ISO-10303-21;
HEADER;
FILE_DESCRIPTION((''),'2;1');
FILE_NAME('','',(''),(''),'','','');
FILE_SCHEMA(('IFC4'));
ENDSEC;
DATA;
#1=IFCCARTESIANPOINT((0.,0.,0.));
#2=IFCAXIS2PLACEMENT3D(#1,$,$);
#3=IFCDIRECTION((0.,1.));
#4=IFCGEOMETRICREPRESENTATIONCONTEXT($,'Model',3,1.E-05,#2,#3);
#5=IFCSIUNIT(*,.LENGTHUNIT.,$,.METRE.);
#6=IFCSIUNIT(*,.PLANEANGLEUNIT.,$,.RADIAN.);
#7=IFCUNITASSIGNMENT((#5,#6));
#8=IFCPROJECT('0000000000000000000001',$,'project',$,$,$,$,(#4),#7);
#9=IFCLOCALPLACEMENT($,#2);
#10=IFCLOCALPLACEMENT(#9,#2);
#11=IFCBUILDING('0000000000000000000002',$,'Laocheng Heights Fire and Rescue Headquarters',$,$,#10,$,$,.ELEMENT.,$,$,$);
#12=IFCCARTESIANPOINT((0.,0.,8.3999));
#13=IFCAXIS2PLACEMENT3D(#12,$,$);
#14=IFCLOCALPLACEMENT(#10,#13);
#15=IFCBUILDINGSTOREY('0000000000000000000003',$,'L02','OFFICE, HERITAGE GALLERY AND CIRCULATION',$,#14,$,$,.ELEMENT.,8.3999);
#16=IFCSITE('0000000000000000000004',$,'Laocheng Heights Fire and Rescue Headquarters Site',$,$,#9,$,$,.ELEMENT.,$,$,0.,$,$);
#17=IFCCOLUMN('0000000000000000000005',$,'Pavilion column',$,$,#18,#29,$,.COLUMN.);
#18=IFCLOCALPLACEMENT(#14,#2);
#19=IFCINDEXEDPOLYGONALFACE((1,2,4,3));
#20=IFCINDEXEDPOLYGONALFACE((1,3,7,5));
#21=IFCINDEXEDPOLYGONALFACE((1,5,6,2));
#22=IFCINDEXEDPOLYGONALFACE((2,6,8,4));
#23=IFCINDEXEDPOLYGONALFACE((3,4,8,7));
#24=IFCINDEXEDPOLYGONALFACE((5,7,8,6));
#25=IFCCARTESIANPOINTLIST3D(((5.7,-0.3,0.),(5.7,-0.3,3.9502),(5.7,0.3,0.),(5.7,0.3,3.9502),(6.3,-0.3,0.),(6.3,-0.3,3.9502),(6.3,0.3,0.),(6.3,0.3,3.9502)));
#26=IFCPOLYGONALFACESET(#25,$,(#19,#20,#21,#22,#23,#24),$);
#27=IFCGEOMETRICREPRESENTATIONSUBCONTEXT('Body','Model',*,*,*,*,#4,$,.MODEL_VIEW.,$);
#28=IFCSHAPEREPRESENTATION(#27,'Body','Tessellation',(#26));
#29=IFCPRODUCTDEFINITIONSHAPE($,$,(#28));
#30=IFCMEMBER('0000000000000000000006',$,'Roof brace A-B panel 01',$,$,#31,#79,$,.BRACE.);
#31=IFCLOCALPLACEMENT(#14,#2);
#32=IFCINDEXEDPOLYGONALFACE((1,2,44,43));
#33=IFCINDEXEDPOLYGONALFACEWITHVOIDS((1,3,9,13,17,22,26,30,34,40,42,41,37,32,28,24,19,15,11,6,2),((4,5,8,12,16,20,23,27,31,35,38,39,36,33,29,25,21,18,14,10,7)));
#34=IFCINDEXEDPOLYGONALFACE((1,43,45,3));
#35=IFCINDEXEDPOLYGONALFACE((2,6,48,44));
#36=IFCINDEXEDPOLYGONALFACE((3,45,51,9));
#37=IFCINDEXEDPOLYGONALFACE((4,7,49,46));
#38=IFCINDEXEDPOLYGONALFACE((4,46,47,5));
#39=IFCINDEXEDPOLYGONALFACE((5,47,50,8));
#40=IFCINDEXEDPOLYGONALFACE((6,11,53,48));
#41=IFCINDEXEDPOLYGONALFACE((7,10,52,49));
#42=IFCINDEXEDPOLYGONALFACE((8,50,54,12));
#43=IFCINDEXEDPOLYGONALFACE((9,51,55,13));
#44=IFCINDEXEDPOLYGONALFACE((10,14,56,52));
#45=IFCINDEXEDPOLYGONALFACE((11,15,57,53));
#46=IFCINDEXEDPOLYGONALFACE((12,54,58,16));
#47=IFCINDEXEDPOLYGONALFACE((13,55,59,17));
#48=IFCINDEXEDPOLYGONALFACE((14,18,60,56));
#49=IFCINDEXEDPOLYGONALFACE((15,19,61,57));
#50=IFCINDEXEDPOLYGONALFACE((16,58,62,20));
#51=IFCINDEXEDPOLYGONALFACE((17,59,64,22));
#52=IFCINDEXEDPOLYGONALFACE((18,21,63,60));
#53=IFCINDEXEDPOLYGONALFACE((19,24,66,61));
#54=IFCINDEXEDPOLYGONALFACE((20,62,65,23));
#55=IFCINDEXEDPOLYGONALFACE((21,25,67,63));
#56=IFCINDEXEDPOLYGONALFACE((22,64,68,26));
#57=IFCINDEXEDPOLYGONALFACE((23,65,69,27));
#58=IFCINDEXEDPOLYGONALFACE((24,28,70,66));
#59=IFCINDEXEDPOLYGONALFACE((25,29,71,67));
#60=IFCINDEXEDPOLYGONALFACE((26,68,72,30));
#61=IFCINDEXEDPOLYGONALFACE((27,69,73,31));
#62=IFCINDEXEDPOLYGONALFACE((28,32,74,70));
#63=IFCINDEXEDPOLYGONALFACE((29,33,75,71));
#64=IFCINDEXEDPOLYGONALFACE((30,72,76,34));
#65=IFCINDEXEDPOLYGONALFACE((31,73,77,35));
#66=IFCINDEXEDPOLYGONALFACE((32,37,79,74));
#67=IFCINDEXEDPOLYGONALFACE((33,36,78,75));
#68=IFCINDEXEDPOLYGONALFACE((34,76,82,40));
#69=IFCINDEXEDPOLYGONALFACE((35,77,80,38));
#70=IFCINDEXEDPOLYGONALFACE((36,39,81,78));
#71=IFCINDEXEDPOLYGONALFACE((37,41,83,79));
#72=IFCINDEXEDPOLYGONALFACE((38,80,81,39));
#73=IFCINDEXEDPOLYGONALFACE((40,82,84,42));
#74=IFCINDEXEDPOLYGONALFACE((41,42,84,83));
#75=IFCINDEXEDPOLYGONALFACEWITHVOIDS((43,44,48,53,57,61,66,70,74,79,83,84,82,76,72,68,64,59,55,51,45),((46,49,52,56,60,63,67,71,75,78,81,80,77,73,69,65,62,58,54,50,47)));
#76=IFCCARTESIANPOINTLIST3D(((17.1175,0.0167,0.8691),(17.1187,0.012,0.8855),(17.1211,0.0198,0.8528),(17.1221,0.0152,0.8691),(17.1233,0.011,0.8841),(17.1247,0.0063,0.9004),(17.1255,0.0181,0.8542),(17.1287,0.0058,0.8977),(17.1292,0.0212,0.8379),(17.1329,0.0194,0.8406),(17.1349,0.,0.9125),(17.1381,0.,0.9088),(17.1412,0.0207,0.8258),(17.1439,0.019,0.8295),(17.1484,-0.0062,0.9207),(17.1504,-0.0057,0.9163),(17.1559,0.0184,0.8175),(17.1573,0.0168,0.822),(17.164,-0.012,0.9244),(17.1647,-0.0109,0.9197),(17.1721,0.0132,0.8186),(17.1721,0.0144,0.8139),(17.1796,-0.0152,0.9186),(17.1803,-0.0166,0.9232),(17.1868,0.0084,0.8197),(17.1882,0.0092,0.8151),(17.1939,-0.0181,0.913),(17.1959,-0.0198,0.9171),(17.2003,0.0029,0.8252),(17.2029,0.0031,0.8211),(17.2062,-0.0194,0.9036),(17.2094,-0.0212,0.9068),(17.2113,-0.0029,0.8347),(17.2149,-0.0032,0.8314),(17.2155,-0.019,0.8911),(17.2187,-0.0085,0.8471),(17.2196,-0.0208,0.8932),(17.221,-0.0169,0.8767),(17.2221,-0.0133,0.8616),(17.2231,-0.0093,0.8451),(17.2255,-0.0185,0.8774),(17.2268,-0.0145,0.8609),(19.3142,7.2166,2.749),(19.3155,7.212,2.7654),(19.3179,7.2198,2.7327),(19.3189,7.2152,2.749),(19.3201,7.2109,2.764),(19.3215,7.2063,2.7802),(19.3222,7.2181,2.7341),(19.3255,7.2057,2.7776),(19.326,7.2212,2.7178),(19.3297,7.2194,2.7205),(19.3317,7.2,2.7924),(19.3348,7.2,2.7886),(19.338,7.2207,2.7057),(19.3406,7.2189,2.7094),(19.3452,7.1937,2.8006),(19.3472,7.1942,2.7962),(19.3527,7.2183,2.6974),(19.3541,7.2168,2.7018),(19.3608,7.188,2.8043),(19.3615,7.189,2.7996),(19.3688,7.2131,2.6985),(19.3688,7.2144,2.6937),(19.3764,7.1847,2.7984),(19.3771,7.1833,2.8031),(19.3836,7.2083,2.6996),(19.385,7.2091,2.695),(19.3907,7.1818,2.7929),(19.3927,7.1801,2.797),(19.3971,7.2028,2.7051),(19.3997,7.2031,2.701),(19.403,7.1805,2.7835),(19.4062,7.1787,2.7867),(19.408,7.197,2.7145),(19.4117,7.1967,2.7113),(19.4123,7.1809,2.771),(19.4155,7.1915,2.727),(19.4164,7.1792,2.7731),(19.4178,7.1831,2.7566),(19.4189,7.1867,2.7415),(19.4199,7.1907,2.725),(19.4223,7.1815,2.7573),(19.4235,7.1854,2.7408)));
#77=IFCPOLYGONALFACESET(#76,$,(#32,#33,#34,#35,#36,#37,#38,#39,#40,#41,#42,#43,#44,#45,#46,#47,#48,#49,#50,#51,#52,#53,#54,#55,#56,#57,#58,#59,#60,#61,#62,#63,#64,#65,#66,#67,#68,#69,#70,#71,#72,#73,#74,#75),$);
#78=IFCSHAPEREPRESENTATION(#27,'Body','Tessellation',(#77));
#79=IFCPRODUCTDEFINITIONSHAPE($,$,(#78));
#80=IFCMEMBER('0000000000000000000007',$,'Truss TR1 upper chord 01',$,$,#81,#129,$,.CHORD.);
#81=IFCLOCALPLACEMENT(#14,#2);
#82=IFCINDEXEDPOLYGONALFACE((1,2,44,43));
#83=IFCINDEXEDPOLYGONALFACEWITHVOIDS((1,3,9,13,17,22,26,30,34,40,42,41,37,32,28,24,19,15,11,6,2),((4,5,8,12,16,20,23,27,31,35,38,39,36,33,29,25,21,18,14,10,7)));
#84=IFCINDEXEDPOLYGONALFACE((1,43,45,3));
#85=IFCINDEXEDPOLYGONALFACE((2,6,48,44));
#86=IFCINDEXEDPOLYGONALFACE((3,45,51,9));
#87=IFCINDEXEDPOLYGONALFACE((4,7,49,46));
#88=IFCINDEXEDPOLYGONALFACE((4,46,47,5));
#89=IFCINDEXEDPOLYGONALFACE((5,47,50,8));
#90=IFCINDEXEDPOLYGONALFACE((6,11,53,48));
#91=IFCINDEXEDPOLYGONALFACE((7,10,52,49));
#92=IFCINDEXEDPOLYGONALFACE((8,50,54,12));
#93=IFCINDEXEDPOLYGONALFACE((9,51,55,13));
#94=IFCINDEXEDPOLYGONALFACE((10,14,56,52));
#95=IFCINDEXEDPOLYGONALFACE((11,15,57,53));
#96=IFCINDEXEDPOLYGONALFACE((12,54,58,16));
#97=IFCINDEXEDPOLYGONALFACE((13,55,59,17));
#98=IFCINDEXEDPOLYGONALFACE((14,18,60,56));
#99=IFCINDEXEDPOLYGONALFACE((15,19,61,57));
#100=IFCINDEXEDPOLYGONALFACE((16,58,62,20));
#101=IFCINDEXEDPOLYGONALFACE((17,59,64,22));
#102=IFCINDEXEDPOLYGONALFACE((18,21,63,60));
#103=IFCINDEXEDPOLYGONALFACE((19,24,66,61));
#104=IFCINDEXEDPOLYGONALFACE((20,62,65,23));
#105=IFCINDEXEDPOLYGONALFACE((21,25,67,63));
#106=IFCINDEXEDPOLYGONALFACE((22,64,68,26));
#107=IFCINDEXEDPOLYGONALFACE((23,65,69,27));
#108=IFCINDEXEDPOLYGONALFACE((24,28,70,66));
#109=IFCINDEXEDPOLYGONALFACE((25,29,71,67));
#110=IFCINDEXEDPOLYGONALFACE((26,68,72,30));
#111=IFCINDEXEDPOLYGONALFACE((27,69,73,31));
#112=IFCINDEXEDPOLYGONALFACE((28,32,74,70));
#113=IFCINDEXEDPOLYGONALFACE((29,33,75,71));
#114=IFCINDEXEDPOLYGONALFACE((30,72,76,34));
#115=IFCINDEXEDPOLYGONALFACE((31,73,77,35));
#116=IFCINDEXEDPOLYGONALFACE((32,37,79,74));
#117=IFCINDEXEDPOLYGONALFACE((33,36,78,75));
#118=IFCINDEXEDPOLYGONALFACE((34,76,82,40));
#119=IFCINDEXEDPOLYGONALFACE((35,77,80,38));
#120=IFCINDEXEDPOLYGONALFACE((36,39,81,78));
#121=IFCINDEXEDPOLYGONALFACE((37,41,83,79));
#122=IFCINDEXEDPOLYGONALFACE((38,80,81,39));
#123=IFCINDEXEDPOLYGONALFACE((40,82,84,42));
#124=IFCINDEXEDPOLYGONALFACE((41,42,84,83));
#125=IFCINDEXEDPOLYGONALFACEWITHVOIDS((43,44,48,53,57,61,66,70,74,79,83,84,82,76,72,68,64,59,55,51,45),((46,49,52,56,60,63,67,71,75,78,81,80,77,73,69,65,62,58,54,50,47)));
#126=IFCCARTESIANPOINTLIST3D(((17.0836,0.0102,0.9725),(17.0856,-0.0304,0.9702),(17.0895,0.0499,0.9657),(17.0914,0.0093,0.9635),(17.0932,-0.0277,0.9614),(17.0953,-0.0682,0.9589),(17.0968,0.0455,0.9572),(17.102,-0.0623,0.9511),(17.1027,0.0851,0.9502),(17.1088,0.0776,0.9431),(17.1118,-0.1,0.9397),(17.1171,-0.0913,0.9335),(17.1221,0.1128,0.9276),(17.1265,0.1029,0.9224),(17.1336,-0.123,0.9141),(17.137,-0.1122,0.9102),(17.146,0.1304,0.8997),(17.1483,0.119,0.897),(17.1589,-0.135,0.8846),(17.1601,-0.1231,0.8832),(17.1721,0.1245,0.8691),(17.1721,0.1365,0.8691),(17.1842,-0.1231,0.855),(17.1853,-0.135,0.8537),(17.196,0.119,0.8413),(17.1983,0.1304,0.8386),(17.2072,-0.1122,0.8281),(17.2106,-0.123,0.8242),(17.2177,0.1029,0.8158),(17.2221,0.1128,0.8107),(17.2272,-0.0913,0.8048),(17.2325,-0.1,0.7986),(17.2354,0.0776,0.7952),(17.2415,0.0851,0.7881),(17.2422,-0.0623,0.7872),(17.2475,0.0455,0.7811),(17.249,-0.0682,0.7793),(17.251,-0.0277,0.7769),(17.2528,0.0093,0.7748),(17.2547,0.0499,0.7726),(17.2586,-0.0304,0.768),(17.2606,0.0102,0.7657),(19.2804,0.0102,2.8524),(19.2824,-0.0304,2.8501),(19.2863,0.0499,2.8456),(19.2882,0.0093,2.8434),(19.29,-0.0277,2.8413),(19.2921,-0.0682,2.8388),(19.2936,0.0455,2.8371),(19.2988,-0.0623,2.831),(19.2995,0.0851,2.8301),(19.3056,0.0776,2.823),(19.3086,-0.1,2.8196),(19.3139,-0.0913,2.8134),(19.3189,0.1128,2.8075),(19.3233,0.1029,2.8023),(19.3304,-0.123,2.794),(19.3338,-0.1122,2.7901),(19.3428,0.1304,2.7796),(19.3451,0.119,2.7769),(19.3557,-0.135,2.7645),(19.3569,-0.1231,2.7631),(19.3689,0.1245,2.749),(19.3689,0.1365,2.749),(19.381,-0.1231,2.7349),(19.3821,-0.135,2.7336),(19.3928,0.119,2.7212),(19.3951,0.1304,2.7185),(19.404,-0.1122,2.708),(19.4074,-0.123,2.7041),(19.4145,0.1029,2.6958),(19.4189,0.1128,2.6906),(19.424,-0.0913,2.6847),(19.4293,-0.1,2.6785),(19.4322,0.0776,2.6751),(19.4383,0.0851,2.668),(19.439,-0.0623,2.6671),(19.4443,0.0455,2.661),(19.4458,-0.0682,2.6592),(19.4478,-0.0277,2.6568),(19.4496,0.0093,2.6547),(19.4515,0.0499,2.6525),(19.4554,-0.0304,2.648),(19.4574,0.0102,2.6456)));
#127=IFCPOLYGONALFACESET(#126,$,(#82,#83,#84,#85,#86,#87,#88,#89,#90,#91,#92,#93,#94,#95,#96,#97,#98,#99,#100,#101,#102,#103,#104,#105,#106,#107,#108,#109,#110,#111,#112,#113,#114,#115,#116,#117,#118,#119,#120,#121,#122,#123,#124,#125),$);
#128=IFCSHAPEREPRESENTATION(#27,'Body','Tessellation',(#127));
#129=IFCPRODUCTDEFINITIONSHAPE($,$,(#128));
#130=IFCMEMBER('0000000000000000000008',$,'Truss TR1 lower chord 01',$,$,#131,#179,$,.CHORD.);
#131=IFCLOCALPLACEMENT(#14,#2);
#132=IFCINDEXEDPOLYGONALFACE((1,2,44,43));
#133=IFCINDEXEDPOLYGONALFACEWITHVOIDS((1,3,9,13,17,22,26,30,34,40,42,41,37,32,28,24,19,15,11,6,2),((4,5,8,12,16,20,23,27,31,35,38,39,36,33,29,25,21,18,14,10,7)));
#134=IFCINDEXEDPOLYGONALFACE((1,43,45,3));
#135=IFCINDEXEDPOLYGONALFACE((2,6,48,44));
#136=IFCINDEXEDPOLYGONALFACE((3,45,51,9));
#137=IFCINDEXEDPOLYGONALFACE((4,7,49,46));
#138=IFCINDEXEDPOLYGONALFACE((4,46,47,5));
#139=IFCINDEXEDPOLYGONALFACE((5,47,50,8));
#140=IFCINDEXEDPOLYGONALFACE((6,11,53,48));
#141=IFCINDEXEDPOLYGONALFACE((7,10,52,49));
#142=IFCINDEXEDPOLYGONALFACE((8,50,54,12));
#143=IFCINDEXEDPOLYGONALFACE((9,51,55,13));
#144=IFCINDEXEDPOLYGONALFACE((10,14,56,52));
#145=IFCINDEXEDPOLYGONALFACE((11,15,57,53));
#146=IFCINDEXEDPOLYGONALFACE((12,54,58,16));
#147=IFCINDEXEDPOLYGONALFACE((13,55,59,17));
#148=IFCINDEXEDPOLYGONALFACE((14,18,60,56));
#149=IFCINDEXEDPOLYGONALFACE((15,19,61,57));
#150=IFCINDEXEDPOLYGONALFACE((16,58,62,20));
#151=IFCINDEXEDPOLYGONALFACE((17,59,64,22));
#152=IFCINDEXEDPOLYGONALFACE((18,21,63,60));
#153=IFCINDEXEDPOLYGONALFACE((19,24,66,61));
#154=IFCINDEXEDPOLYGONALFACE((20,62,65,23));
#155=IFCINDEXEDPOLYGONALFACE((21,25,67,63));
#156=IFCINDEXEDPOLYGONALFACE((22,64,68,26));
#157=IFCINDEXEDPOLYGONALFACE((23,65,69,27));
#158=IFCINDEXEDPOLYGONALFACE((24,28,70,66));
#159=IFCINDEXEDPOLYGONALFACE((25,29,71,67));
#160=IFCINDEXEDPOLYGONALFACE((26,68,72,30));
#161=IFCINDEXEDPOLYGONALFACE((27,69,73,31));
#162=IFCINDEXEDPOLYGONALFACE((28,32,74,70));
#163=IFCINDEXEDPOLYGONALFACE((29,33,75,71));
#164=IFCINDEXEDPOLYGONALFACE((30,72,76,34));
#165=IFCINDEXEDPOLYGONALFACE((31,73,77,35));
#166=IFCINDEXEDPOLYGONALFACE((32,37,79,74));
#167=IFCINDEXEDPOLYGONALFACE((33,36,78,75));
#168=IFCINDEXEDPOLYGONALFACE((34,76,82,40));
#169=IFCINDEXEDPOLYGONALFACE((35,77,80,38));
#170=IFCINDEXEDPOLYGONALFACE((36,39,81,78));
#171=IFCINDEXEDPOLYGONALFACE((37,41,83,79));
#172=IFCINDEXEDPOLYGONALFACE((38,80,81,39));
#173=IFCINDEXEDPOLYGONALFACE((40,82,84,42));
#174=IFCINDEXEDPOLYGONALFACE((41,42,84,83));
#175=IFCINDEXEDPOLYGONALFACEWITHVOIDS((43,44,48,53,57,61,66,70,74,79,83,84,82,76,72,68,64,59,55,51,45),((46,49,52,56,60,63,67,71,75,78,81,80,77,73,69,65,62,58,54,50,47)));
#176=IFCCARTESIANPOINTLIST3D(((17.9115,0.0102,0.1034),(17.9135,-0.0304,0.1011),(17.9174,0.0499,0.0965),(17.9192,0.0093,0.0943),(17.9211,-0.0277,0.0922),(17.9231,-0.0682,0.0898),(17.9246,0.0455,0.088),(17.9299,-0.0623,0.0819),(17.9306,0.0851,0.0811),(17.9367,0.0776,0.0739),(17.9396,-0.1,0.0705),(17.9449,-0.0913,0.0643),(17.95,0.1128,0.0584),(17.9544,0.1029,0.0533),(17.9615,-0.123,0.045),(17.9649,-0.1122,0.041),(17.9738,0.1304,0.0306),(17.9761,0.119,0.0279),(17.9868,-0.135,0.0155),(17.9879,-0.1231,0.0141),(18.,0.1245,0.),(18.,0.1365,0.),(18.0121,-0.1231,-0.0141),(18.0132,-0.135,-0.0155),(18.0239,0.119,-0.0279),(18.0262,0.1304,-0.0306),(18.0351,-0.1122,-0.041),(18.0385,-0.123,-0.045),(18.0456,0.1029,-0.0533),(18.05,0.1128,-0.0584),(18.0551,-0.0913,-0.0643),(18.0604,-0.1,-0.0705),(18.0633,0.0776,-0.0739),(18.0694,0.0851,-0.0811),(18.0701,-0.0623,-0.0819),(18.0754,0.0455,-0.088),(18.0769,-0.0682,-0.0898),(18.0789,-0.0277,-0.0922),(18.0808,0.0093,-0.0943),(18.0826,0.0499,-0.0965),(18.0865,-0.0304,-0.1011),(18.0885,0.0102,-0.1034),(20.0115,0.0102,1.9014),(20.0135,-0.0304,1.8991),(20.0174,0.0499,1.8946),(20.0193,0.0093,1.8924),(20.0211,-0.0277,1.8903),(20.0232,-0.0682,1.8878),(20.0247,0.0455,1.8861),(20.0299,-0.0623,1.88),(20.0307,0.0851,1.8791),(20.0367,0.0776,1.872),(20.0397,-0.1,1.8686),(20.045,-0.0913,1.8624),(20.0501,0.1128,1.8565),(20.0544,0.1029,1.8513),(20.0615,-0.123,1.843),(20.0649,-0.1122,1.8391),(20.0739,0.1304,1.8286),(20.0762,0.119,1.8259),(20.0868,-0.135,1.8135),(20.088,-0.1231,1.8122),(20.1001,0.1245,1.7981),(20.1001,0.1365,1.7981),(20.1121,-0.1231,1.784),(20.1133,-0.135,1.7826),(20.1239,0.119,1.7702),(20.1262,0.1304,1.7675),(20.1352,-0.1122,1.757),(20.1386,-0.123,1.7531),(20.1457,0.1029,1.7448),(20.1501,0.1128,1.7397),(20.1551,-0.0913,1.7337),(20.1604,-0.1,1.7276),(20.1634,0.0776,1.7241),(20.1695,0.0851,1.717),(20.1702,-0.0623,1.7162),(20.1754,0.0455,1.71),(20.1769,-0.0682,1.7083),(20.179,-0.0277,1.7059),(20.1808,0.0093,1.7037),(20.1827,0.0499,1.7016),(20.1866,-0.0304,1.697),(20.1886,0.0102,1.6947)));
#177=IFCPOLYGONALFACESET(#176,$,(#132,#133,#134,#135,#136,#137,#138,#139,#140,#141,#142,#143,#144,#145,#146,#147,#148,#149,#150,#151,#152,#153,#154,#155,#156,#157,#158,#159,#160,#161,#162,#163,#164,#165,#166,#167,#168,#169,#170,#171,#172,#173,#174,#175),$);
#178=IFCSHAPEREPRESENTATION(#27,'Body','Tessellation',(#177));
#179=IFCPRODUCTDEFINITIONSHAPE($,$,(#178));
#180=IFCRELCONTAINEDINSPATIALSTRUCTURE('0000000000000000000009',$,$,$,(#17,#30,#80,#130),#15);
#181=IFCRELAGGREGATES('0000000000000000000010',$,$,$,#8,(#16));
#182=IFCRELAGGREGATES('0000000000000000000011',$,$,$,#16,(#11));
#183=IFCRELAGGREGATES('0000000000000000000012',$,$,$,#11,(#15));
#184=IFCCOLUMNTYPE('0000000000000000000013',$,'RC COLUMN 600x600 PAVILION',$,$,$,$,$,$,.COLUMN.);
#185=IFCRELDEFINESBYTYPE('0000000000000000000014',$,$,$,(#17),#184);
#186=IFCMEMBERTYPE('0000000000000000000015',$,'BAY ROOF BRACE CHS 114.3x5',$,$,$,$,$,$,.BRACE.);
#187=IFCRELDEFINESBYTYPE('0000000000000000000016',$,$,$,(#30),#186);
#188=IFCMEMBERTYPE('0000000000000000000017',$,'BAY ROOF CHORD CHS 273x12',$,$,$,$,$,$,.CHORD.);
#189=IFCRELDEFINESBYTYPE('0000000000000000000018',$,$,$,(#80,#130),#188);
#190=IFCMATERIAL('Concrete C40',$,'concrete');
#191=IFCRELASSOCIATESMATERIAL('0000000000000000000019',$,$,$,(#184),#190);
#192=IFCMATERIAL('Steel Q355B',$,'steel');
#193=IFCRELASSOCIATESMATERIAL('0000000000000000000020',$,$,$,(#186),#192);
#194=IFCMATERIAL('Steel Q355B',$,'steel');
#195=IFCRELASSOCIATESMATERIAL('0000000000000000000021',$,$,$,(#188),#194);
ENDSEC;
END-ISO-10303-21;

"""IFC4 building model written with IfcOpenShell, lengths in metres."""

from ifc_helpers import new_model, si_unit, direction, frame, origin, origin_2d, place, context, subcontext, project, spatial, rectangle, hollow_circle, extrude, material, material_profile, profile_set, type_object, element, save


model = new_model("IFC4")

# Units and contexts
model_context = context("Model", 3, precision=1e-05, world=origin(), true_north=direction((0.0, 1.0)))
body_context = subcontext(model_context, "Body", "Model", "MODEL_VIEW")
ifc_project = project(units=[si_unit("LENGTHUNIT", "METRE"), si_unit("PLANEANGLEUNIT", "RADIAN")], contexts=[model_context])

# Site, building, storey
site_placement = place(None, origin())
site = spatial("IfcSite", under=ifc_project, at=site_placement, Name="Laocheng Heights Fire and Rescue Headquarters Site", CompositionType="ELEMENT", RefElevation=0.0)
building_placement = place(site_placement, origin())
building = spatial("IfcBuilding", under=site, at=building_placement, Name="Laocheng Heights Fire and Rescue Headquarters", CompositionType="ELEMENT")
storey_placement = place(building_placement, frame((0.0, 0.0, 8.3999)))
storey = spatial("IfcBuildingStorey", under=building, at=storey_placement, Name="L02", Description="OFFICE, HERITAGE GALLERY AND CIRCULATION", CompositionType="ELEMENT", Elevation=8.3999)

# Column
ifc_material_1 = material(Name="Concrete C40", Category="concrete")
ifc_material_profile_1 = material_profile(ifc_material_1, rectangle(XDim=0.6001, YDim=0.6001, at=origin_2d()), Name="RC COLUMN 600x600 PAVILION")
ifc_profile_set_1 = profile_set([ifc_material_profile_1], Name="Concrete C40")
column_type = type_object("IfcColumnType", Name="RC COLUMN 600x600 PAVILION", PredefinedType="COLUMN", material=ifc_profile_set_1)
column_placement = place(storey_placement, frame((6.0, 0.0, 0.0), z_axis=(0.0, 0.0, 1.0), x_axis=(1.0, 0.0, 0.0)))
element("IfcColumn", 1, at=column_placement, inside=storey, type_object=column_type, Name="Pavilion column", PredefinedType="COLUMN", context=body_context, shape_type="SweptSolid", body=[
    extrude(rectangle(XDim=0.6001, YDim=0.6001, at=origin_2d()), origin(), (0.0, 0.0, 1.0), 3.9502),
])

# Members
ifc_material_2 = material(Name="Steel Q355B", Category="steel")
ifc_material_profile_2 = material_profile(ifc_material_2, hollow_circle(Radius=0.0571, WallThickness=0.0049, at=origin_2d()), Name="CHS 114.3x5")
ifc_profile_set_2 = profile_set([ifc_material_profile_2], Name="Steel Q355B")
member_type_1 = type_object("IfcMemberType", Name="BAY ROOF BRACE CHS 114.3x5", PredefinedType="BRACE", material=ifc_profile_set_2)
member_1_placement = place(storey_placement, frame((17.1721, 0.0, 0.8691), z_axis=(0.283133, 0.927971, 0.24229), x_axis=(-0.956471, 0.291829, 0.0)))
element("IfcMember", 2, at=member_1_placement, inside=storey, type_object=member_type_1, Name="Roof brace A-B panel 01", PredefinedType="BRACE", context=body_context, shape_type="SweptSolid", body=[
    extrude(hollow_circle(Radius=0.0571, WallThickness=0.0049, at=origin_2d()), origin(), (0.0, 0.0, 1.0), 7.7588),
])
ifc_material_3 = material(Name="Steel Q355B", Category="steel")
ifc_material_profile_3 = material_profile(ifc_material_3, hollow_circle(Radius=0.1365, WallThickness=0.012, at=origin_2d()), Name="CHS 273x12")
ifc_profile_set_3 = profile_set([ifc_material_profile_3], Name="Steel Q355B")
member_type_2 = type_object("IfcMemberType", Name="BAY ROOF CHORD CHS 273x12", PredefinedType="CHORD", material=ifc_profile_set_3)
member_2_placement = place(storey_placement, frame((17.1721, 0.0, 0.8691), z_axis=(0.759781, 0.0, 0.650179), x_axis=(0.0, 1.0, 0.0)))
element("IfcMember", 3, at=member_2_placement, inside=storey, type_object=member_type_2, Name="Truss TR1 upper chord 01", PredefinedType="CHORD", context=body_context, shape_type="SweptSolid", body=[
    extrude(hollow_circle(Radius=0.1365, WallThickness=0.012, at=origin_2d()), origin(), (0.0, 0.0, 1.0), 2.8914),
])
member_3_placement = place(storey_placement, frame((18.0, 0.0, 0.0), z_axis=(0.759612, 0.0, 0.650377), x_axis=(0.0, 1.0, 0.0)))
element("IfcMember", 4, at=member_3_placement, inside=storey, type_object=member_type_2, Name="Truss TR1 lower chord 01", PredefinedType="CHORD", context=body_context, shape_type="SweptSolid", body=[
    extrude(hollow_circle(Radius=0.1365, WallThickness=0.012, at=origin_2d()), origin(), (0.0, 0.0, 1.0), 2.7646),
])

save(model, "model.ifc")
